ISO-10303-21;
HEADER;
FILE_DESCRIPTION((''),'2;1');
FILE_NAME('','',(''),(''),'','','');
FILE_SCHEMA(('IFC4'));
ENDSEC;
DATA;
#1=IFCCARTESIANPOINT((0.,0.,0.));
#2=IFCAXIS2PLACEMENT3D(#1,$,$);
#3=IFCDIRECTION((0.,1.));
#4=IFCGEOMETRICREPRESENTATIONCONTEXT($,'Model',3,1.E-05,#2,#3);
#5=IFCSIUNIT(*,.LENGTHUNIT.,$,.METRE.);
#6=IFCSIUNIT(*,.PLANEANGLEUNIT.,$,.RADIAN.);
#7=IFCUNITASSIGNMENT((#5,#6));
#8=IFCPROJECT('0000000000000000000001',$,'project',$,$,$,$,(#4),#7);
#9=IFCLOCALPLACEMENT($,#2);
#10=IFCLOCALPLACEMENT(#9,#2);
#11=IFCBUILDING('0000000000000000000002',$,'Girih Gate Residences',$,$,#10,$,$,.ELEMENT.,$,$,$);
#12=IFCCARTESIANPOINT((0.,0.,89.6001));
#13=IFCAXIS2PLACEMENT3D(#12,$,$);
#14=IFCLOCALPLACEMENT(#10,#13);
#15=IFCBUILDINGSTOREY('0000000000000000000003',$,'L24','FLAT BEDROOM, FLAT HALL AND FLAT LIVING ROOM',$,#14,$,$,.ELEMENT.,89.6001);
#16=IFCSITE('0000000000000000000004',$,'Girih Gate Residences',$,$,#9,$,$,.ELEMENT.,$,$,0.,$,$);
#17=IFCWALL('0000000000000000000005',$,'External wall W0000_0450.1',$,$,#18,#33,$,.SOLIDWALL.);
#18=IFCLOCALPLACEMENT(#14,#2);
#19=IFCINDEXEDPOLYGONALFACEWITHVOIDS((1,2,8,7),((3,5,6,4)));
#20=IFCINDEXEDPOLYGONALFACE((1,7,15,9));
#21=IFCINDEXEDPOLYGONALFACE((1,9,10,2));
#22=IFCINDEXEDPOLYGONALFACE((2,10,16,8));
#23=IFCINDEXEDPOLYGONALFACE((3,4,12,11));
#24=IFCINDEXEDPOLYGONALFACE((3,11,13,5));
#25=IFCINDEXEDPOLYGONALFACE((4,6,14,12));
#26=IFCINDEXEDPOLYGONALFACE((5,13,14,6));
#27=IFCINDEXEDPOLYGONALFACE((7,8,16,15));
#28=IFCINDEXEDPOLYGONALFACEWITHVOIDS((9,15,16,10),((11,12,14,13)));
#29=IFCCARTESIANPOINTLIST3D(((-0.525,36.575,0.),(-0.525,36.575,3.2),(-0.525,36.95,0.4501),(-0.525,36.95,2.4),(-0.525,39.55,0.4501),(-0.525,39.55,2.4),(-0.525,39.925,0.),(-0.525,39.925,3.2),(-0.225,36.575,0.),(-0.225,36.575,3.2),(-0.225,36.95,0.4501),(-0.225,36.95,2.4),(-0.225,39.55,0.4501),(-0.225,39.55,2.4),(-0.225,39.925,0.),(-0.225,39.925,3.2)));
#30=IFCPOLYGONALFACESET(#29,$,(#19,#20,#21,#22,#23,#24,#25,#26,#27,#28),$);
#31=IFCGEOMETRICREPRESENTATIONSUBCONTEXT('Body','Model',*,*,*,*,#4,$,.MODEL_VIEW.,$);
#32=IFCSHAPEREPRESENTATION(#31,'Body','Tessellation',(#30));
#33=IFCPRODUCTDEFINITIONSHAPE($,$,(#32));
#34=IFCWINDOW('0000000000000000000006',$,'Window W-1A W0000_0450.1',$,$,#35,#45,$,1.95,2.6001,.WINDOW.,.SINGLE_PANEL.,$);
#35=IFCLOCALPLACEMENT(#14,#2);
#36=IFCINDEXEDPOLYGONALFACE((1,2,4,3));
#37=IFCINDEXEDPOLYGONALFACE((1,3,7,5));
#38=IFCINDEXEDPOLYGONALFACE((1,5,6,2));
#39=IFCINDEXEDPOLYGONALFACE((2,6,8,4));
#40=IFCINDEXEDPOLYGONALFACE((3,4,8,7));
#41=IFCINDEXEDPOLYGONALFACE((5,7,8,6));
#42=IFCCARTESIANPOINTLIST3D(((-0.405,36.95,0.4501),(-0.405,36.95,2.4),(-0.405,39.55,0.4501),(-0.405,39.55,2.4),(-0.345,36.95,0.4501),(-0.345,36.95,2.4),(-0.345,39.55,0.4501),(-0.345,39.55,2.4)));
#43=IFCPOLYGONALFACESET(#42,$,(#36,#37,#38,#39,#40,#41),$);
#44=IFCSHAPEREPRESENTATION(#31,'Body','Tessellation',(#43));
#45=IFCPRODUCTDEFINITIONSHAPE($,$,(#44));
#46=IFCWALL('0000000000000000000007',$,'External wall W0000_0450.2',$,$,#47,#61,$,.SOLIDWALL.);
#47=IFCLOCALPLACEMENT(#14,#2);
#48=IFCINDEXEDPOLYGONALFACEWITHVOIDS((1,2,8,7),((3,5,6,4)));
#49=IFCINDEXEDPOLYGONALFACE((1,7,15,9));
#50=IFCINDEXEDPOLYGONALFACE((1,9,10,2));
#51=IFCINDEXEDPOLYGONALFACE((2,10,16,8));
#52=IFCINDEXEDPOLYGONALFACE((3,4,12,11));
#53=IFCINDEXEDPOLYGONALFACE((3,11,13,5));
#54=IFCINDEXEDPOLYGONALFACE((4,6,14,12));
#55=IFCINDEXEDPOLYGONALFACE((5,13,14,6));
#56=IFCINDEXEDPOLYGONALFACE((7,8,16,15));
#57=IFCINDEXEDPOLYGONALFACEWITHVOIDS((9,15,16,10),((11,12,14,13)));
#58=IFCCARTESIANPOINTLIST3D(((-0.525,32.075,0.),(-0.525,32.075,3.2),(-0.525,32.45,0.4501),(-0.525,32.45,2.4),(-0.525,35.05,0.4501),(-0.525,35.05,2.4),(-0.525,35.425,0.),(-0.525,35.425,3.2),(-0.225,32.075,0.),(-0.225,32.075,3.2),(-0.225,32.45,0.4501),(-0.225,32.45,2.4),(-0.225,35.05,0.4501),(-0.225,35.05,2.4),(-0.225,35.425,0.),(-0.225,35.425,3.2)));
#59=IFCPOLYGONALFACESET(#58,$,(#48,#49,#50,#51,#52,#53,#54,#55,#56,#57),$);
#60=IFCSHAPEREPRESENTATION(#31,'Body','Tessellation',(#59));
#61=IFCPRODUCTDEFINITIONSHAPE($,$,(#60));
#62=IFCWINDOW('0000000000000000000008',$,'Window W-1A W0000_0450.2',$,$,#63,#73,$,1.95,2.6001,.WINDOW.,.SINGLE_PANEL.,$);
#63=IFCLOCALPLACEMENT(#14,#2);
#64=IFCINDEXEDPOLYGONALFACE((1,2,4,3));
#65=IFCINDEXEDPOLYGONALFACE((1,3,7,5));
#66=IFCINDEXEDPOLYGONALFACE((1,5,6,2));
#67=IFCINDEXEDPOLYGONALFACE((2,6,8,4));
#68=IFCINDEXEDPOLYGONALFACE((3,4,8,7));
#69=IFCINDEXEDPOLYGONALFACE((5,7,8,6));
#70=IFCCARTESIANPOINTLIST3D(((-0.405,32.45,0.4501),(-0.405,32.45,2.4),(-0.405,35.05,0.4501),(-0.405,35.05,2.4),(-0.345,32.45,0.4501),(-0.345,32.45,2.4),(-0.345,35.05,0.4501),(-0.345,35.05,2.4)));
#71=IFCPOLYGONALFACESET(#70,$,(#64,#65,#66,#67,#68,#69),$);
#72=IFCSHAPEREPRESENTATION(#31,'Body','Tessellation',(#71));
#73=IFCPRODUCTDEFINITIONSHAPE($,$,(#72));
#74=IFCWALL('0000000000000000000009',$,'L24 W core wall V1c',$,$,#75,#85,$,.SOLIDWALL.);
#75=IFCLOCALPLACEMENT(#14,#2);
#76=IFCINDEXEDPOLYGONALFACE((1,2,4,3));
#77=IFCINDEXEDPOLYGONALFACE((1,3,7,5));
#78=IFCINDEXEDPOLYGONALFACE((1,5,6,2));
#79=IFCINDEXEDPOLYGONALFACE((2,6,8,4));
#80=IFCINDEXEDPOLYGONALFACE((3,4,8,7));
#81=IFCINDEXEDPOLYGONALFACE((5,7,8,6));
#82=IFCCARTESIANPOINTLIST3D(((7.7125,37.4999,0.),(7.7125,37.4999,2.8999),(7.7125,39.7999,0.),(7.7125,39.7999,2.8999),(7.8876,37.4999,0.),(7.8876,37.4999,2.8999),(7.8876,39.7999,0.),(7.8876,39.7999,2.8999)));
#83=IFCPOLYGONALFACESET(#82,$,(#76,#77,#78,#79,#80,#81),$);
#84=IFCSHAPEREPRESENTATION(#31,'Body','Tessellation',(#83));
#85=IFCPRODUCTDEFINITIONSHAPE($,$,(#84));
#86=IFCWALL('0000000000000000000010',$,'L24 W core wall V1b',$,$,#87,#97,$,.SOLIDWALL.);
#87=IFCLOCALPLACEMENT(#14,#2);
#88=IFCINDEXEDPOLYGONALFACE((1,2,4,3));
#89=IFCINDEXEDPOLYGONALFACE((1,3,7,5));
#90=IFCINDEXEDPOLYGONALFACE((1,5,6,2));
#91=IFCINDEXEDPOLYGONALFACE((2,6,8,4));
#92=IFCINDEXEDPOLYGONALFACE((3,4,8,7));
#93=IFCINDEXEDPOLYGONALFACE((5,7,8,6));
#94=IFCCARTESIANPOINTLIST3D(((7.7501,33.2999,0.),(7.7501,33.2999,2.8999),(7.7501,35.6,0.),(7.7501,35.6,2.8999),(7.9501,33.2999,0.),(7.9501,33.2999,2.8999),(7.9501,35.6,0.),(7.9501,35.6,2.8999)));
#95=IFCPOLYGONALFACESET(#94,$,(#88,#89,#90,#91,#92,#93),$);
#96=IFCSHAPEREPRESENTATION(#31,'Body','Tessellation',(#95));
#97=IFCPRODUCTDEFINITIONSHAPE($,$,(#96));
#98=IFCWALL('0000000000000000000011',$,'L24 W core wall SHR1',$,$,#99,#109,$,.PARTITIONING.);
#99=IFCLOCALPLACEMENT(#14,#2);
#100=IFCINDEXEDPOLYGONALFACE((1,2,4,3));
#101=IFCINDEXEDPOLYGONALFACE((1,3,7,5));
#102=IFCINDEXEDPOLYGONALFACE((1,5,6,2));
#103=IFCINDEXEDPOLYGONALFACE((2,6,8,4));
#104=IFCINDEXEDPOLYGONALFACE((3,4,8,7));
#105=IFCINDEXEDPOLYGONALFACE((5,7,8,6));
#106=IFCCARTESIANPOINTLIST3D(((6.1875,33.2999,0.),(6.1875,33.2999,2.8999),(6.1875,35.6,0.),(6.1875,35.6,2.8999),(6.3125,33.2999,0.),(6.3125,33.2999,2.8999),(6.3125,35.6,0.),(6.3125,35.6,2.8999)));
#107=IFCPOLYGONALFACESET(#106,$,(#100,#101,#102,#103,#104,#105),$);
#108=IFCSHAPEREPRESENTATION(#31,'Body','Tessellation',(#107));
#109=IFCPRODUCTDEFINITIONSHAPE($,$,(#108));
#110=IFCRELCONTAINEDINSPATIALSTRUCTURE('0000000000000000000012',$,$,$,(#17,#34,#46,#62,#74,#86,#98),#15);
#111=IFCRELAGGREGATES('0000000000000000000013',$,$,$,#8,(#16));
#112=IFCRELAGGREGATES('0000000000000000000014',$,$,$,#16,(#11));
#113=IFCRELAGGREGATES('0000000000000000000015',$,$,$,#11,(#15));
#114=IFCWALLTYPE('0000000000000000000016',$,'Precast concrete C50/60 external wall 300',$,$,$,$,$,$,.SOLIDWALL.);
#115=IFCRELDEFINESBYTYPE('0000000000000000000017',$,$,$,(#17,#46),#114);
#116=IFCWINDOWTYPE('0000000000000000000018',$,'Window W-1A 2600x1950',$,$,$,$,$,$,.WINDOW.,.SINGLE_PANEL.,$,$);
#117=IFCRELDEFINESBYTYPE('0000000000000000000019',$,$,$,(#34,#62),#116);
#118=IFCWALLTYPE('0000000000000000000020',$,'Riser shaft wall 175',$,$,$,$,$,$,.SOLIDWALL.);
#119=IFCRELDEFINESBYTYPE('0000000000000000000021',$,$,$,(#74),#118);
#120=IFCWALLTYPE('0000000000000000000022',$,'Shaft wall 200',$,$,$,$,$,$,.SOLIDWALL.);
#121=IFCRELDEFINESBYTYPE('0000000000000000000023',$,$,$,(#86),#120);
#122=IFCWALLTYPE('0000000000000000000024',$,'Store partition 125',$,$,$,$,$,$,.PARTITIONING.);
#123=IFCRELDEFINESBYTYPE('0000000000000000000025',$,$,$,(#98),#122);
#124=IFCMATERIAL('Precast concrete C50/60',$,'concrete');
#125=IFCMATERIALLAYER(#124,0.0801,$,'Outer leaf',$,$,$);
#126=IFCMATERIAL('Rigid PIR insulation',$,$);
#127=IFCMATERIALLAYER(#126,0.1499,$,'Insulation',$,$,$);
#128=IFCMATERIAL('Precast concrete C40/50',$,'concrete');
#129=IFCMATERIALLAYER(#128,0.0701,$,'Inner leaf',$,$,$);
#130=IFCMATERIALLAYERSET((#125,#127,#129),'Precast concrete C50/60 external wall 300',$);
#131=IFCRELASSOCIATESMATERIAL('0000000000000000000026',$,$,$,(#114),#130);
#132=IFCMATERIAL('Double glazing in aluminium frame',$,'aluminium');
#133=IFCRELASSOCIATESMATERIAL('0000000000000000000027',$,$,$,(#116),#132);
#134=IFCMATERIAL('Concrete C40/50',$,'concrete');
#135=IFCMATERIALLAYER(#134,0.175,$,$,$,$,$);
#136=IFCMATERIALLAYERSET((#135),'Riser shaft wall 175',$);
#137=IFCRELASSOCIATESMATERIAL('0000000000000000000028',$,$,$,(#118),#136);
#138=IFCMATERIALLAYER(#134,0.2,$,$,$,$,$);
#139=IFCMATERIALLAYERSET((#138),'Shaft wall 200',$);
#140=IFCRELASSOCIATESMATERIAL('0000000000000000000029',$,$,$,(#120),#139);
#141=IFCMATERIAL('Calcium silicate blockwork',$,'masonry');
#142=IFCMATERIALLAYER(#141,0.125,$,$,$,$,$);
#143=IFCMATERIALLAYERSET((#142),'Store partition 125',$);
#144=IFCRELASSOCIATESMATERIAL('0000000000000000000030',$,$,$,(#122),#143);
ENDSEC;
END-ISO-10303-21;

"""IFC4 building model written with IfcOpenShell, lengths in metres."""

from ifc_helpers import new_model, si_unit, direction, frame, frame_2d, origin, place, context, subcontext, project, spatial, rectangle, extrude, material, layer, layer_set, type_object, element, fill, save


model = new_model("IFC4")

# Units and contexts
model_context = context("Model", 3, precision=1e-05, world=origin(), true_north=direction((0.0, 1.0)))
body_context = subcontext(model_context, "Body", "Model", "MODEL_VIEW")
ifc_project = project(units=[si_unit("LENGTHUNIT", "METRE"), si_unit("PLANEANGLEUNIT", "RADIAN")], contexts=[model_context])

# Site, building, storey
site_placement = place(None, origin())
site = spatial("IfcSite", under=ifc_project, at=site_placement, Name="Girih Gate Residences", CompositionType="ELEMENT", RefElevation=0.0)
building_placement = place(site_placement, origin())
building = spatial("IfcBuilding", under=site, at=building_placement, Name="Girih Gate Residences", CompositionType="ELEMENT")
storey_placement = place(building_placement, frame((0.0, 0.0, 89.6001)))
storey = spatial("IfcBuildingStorey", under=building, at=storey_placement, Name="L24", Description="FLAT BEDROOM, FLAT HALL AND FLAT LIVING ROOM", CompositionType="ELEMENT", Elevation=89.6001)

# Shared definitions
ifc_material_1 = material(Name="Concrete C40/50", Category="concrete")

# Walls, openings, windows
ifc_material_2 = material(Name="Precast concrete C50/60", Category="concrete")
ifc_layer_1 = layer(ifc_material_2, 0.0801, Name="Outer leaf")
ifc_material_3 = material(Name="Rigid PIR insulation")
ifc_layer_2 = layer(ifc_material_3, 0.1499, Name="Insulation")
ifc_material_4 = material(Name="Precast concrete C40/50", Category="concrete")
ifc_layer_3 = layer(ifc_material_4, 0.0701, Name="Inner leaf")
ifc_layer_set_1 = layer_set([ifc_layer_1, ifc_layer_2, ifc_layer_3], Name="Precast concrete C50/60 external wall 300")
wall_type_1 = type_object("IfcWallType", Name="Precast concrete C50/60 external wall 300", PredefinedType="SOLIDWALL", material=ifc_layer_set_1)
wall_1_placement = place(storey_placement, frame((-0.375, 36.575, 0.0), z_axis=(0.0, 0.0, 1.0), x_axis=(0.0, 1.0, 0.0)))
wall_1 = element("IfcWall", 1, at=wall_1_placement, inside=storey, type_object=wall_type_1, Name="External wall W0000_0450.1", PredefinedType="SOLIDWALL", context=body_context, shape_type="SweptSolid", body=[
    extrude(rectangle(XDim=3.3501, YDim=0.3, at=frame_2d((1.675, 0.0))), origin(), (0.0, 0.0, 1.0), 3.2),
])
opening_1_placement = place(wall_1_placement, frame((0.375, 0.0, 0.45)))
opening_1 = element("IfcOpeningElement", 2, at=opening_1_placement, cuts=wall_1, PredefinedType="OPENING", context=body_context, shape_type="SweptSolid", body=[
    extrude(rectangle(XDim=2.6001, YDim=1.95, at=frame_2d((1.3, 0.9751))), frame((0.0, 0.1599, 0.0), z_axis=(0.0, -1.0, 0.0), x_axis=(1.0, 0.0, 0.0)), (0.0, 0.0, 1.0), 0.3201),
])
ifc_material_5 = material(Name="Double glazing in aluminium frame", Category="aluminium")
window_type = type_object("IfcWindowType", Name="Window W-1A 2600x1950", PartitioningType="SINGLE_PANEL", PredefinedType="WINDOW", material=ifc_material_5)
window_1_placement = place(opening_1_placement, origin())
window_1 = element("IfcWindow", 3, at=window_1_placement, inside=storey, type_object=window_type, Name="Window W-1A W0000_0450.1", OverallHeight=1.95, OverallWidth=2.6001, PartitioningType="SINGLE_PANEL", PredefinedType="WINDOW", context=body_context, shape_type="SweptSolid", body=[
    extrude(rectangle(XDim=2.6001, YDim=1.95, at=frame_2d((1.3, 0.9751))), frame((0.0, 0.03, 0.0), z_axis=(0.0, -1.0, 0.0), x_axis=(1.0, 0.0, 0.0)), (0.0, 0.0, 1.0), 0.0601),
])
fill(opening_1, window_1)
wall_2_placement = place(storey_placement, frame((-0.375, 32.075, 0.0), z_axis=(0.0, 0.0, 1.0), x_axis=(0.0, 1.0, 0.0)))
wall_2 = element("IfcWall", 4, at=wall_2_placement, inside=storey, type_object=wall_type_1, Name="External wall W0000_0450.2", PredefinedType="SOLIDWALL", context=body_context, shape_type="SweptSolid", body=[
    extrude(rectangle(XDim=3.3501, YDim=0.3, at=frame_2d((1.675, 0.0))), origin(), (0.0, 0.0, 1.0), 3.2),
])
opening_2_placement = place(wall_2_placement, frame((0.375, 0.0, 0.45)))
opening_2 = element("IfcOpeningElement", 5, at=opening_2_placement, cuts=wall_2, PredefinedType="OPENING", context=body_context, shape_type="SweptSolid", body=[
    extrude(rectangle(XDim=2.6001, YDim=1.95, at=frame_2d((1.3, 0.9751))), frame((0.0, 0.1599, 0.0), z_axis=(0.0, -1.0, 0.0), x_axis=(1.0, 0.0, 0.0)), (0.0, 0.0, 1.0), 0.3201),
])
window_2_placement = place(opening_2_placement, origin())
window_2 = element("IfcWindow", 6, at=window_2_placement, inside=storey, type_object=window_type, Name="Window W-1A W0000_0450.2", OverallHeight=1.95, OverallWidth=2.6001, PartitioningType="SINGLE_PANEL", PredefinedType="WINDOW", context=body_context, shape_type="SweptSolid", body=[
    extrude(rectangle(XDim=2.6001, YDim=1.95, at=frame_2d((1.3, 0.9751))), frame((0.0, 0.03, 0.0), z_axis=(0.0, -1.0, 0.0), x_axis=(1.0, 0.0, 0.0)), (0.0, 0.0, 1.0), 0.0601),
])
fill(opening_2, window_2)

# Walls
ifc_layer_4 = layer(ifc_material_1, 0.175)
ifc_layer_set_2 = layer_set([ifc_layer_4], Name="Riser shaft wall 175")
wall_type_2 = type_object("IfcWallType", Name="Riser shaft wall 175", PredefinedType="SOLIDWALL", material=ifc_layer_set_2)
wall_3_placement = place(storey_placement, frame((7.8, 37.5, 0.0), z_axis=(0.0, 0.0, 1.0), x_axis=(0.0, 1.0, 0.0)))
element("IfcWall", 7, at=wall_3_placement, inside=storey, type_object=wall_type_2, Name="L24 W core wall V1c", PredefinedType="SOLIDWALL", context=body_context, shape_type="SweptSolid", body=[
    extrude(rectangle(XDim=2.3, YDim=0.175, at=frame_2d((1.1499, 0.0))), origin(), (0.0, 0.0, 1.0), 2.8999),
])
ifc_layer_5 = layer(ifc_material_1, 0.2)
ifc_layer_set_3 = layer_set([ifc_layer_5], Name="Shaft wall 200")
wall_type_3 = type_object("IfcWallType", Name="Shaft wall 200", PredefinedType="SOLIDWALL", material=ifc_layer_set_3)
wall_4_placement = place(storey_placement, frame((7.8501, 33.3, 0.0), z_axis=(0.0, 0.0, 1.0), x_axis=(0.0, 1.0, 0.0)))
element("IfcWall", 8, at=wall_4_placement, inside=storey, type_object=wall_type_3, Name="L24 W core wall V1b", PredefinedType="SOLIDWALL", context=body_context, shape_type="SweptSolid", body=[
    extrude(rectangle(XDim=2.3, YDim=0.2, at=frame_2d((1.1499, 0.0))), origin(), (0.0, 0.0, 1.0), 2.8999),
])
ifc_material_6 = material(Name="Calcium silicate blockwork", Category="masonry")
ifc_layer_6 = layer(ifc_material_6, 0.125)
ifc_layer_set_4 = layer_set([ifc_layer_6], Name="Store partition 125")
wall_type_4 = type_object("IfcWallType", Name="Store partition 125", PredefinedType="PARTITIONING", material=ifc_layer_set_4)
wall_5_placement = place(storey_placement, frame((6.25, 33.3, 0.0), z_axis=(0.0, 0.0, 1.0), x_axis=(0.0, 1.0, 0.0)))
element("IfcWall", 9, at=wall_5_placement, inside=storey, type_object=wall_type_4, Name="L24 W core wall SHR1", PredefinedType="PARTITIONING", context=body_context, shape_type="SweptSolid", body=[
    extrude(rectangle(XDim=2.3, YDim=0.125, at=frame_2d((1.1499, 0.0))), origin(), (0.0, 0.0, 1.0), 2.8999),
])

save(model, "model.ifc")
